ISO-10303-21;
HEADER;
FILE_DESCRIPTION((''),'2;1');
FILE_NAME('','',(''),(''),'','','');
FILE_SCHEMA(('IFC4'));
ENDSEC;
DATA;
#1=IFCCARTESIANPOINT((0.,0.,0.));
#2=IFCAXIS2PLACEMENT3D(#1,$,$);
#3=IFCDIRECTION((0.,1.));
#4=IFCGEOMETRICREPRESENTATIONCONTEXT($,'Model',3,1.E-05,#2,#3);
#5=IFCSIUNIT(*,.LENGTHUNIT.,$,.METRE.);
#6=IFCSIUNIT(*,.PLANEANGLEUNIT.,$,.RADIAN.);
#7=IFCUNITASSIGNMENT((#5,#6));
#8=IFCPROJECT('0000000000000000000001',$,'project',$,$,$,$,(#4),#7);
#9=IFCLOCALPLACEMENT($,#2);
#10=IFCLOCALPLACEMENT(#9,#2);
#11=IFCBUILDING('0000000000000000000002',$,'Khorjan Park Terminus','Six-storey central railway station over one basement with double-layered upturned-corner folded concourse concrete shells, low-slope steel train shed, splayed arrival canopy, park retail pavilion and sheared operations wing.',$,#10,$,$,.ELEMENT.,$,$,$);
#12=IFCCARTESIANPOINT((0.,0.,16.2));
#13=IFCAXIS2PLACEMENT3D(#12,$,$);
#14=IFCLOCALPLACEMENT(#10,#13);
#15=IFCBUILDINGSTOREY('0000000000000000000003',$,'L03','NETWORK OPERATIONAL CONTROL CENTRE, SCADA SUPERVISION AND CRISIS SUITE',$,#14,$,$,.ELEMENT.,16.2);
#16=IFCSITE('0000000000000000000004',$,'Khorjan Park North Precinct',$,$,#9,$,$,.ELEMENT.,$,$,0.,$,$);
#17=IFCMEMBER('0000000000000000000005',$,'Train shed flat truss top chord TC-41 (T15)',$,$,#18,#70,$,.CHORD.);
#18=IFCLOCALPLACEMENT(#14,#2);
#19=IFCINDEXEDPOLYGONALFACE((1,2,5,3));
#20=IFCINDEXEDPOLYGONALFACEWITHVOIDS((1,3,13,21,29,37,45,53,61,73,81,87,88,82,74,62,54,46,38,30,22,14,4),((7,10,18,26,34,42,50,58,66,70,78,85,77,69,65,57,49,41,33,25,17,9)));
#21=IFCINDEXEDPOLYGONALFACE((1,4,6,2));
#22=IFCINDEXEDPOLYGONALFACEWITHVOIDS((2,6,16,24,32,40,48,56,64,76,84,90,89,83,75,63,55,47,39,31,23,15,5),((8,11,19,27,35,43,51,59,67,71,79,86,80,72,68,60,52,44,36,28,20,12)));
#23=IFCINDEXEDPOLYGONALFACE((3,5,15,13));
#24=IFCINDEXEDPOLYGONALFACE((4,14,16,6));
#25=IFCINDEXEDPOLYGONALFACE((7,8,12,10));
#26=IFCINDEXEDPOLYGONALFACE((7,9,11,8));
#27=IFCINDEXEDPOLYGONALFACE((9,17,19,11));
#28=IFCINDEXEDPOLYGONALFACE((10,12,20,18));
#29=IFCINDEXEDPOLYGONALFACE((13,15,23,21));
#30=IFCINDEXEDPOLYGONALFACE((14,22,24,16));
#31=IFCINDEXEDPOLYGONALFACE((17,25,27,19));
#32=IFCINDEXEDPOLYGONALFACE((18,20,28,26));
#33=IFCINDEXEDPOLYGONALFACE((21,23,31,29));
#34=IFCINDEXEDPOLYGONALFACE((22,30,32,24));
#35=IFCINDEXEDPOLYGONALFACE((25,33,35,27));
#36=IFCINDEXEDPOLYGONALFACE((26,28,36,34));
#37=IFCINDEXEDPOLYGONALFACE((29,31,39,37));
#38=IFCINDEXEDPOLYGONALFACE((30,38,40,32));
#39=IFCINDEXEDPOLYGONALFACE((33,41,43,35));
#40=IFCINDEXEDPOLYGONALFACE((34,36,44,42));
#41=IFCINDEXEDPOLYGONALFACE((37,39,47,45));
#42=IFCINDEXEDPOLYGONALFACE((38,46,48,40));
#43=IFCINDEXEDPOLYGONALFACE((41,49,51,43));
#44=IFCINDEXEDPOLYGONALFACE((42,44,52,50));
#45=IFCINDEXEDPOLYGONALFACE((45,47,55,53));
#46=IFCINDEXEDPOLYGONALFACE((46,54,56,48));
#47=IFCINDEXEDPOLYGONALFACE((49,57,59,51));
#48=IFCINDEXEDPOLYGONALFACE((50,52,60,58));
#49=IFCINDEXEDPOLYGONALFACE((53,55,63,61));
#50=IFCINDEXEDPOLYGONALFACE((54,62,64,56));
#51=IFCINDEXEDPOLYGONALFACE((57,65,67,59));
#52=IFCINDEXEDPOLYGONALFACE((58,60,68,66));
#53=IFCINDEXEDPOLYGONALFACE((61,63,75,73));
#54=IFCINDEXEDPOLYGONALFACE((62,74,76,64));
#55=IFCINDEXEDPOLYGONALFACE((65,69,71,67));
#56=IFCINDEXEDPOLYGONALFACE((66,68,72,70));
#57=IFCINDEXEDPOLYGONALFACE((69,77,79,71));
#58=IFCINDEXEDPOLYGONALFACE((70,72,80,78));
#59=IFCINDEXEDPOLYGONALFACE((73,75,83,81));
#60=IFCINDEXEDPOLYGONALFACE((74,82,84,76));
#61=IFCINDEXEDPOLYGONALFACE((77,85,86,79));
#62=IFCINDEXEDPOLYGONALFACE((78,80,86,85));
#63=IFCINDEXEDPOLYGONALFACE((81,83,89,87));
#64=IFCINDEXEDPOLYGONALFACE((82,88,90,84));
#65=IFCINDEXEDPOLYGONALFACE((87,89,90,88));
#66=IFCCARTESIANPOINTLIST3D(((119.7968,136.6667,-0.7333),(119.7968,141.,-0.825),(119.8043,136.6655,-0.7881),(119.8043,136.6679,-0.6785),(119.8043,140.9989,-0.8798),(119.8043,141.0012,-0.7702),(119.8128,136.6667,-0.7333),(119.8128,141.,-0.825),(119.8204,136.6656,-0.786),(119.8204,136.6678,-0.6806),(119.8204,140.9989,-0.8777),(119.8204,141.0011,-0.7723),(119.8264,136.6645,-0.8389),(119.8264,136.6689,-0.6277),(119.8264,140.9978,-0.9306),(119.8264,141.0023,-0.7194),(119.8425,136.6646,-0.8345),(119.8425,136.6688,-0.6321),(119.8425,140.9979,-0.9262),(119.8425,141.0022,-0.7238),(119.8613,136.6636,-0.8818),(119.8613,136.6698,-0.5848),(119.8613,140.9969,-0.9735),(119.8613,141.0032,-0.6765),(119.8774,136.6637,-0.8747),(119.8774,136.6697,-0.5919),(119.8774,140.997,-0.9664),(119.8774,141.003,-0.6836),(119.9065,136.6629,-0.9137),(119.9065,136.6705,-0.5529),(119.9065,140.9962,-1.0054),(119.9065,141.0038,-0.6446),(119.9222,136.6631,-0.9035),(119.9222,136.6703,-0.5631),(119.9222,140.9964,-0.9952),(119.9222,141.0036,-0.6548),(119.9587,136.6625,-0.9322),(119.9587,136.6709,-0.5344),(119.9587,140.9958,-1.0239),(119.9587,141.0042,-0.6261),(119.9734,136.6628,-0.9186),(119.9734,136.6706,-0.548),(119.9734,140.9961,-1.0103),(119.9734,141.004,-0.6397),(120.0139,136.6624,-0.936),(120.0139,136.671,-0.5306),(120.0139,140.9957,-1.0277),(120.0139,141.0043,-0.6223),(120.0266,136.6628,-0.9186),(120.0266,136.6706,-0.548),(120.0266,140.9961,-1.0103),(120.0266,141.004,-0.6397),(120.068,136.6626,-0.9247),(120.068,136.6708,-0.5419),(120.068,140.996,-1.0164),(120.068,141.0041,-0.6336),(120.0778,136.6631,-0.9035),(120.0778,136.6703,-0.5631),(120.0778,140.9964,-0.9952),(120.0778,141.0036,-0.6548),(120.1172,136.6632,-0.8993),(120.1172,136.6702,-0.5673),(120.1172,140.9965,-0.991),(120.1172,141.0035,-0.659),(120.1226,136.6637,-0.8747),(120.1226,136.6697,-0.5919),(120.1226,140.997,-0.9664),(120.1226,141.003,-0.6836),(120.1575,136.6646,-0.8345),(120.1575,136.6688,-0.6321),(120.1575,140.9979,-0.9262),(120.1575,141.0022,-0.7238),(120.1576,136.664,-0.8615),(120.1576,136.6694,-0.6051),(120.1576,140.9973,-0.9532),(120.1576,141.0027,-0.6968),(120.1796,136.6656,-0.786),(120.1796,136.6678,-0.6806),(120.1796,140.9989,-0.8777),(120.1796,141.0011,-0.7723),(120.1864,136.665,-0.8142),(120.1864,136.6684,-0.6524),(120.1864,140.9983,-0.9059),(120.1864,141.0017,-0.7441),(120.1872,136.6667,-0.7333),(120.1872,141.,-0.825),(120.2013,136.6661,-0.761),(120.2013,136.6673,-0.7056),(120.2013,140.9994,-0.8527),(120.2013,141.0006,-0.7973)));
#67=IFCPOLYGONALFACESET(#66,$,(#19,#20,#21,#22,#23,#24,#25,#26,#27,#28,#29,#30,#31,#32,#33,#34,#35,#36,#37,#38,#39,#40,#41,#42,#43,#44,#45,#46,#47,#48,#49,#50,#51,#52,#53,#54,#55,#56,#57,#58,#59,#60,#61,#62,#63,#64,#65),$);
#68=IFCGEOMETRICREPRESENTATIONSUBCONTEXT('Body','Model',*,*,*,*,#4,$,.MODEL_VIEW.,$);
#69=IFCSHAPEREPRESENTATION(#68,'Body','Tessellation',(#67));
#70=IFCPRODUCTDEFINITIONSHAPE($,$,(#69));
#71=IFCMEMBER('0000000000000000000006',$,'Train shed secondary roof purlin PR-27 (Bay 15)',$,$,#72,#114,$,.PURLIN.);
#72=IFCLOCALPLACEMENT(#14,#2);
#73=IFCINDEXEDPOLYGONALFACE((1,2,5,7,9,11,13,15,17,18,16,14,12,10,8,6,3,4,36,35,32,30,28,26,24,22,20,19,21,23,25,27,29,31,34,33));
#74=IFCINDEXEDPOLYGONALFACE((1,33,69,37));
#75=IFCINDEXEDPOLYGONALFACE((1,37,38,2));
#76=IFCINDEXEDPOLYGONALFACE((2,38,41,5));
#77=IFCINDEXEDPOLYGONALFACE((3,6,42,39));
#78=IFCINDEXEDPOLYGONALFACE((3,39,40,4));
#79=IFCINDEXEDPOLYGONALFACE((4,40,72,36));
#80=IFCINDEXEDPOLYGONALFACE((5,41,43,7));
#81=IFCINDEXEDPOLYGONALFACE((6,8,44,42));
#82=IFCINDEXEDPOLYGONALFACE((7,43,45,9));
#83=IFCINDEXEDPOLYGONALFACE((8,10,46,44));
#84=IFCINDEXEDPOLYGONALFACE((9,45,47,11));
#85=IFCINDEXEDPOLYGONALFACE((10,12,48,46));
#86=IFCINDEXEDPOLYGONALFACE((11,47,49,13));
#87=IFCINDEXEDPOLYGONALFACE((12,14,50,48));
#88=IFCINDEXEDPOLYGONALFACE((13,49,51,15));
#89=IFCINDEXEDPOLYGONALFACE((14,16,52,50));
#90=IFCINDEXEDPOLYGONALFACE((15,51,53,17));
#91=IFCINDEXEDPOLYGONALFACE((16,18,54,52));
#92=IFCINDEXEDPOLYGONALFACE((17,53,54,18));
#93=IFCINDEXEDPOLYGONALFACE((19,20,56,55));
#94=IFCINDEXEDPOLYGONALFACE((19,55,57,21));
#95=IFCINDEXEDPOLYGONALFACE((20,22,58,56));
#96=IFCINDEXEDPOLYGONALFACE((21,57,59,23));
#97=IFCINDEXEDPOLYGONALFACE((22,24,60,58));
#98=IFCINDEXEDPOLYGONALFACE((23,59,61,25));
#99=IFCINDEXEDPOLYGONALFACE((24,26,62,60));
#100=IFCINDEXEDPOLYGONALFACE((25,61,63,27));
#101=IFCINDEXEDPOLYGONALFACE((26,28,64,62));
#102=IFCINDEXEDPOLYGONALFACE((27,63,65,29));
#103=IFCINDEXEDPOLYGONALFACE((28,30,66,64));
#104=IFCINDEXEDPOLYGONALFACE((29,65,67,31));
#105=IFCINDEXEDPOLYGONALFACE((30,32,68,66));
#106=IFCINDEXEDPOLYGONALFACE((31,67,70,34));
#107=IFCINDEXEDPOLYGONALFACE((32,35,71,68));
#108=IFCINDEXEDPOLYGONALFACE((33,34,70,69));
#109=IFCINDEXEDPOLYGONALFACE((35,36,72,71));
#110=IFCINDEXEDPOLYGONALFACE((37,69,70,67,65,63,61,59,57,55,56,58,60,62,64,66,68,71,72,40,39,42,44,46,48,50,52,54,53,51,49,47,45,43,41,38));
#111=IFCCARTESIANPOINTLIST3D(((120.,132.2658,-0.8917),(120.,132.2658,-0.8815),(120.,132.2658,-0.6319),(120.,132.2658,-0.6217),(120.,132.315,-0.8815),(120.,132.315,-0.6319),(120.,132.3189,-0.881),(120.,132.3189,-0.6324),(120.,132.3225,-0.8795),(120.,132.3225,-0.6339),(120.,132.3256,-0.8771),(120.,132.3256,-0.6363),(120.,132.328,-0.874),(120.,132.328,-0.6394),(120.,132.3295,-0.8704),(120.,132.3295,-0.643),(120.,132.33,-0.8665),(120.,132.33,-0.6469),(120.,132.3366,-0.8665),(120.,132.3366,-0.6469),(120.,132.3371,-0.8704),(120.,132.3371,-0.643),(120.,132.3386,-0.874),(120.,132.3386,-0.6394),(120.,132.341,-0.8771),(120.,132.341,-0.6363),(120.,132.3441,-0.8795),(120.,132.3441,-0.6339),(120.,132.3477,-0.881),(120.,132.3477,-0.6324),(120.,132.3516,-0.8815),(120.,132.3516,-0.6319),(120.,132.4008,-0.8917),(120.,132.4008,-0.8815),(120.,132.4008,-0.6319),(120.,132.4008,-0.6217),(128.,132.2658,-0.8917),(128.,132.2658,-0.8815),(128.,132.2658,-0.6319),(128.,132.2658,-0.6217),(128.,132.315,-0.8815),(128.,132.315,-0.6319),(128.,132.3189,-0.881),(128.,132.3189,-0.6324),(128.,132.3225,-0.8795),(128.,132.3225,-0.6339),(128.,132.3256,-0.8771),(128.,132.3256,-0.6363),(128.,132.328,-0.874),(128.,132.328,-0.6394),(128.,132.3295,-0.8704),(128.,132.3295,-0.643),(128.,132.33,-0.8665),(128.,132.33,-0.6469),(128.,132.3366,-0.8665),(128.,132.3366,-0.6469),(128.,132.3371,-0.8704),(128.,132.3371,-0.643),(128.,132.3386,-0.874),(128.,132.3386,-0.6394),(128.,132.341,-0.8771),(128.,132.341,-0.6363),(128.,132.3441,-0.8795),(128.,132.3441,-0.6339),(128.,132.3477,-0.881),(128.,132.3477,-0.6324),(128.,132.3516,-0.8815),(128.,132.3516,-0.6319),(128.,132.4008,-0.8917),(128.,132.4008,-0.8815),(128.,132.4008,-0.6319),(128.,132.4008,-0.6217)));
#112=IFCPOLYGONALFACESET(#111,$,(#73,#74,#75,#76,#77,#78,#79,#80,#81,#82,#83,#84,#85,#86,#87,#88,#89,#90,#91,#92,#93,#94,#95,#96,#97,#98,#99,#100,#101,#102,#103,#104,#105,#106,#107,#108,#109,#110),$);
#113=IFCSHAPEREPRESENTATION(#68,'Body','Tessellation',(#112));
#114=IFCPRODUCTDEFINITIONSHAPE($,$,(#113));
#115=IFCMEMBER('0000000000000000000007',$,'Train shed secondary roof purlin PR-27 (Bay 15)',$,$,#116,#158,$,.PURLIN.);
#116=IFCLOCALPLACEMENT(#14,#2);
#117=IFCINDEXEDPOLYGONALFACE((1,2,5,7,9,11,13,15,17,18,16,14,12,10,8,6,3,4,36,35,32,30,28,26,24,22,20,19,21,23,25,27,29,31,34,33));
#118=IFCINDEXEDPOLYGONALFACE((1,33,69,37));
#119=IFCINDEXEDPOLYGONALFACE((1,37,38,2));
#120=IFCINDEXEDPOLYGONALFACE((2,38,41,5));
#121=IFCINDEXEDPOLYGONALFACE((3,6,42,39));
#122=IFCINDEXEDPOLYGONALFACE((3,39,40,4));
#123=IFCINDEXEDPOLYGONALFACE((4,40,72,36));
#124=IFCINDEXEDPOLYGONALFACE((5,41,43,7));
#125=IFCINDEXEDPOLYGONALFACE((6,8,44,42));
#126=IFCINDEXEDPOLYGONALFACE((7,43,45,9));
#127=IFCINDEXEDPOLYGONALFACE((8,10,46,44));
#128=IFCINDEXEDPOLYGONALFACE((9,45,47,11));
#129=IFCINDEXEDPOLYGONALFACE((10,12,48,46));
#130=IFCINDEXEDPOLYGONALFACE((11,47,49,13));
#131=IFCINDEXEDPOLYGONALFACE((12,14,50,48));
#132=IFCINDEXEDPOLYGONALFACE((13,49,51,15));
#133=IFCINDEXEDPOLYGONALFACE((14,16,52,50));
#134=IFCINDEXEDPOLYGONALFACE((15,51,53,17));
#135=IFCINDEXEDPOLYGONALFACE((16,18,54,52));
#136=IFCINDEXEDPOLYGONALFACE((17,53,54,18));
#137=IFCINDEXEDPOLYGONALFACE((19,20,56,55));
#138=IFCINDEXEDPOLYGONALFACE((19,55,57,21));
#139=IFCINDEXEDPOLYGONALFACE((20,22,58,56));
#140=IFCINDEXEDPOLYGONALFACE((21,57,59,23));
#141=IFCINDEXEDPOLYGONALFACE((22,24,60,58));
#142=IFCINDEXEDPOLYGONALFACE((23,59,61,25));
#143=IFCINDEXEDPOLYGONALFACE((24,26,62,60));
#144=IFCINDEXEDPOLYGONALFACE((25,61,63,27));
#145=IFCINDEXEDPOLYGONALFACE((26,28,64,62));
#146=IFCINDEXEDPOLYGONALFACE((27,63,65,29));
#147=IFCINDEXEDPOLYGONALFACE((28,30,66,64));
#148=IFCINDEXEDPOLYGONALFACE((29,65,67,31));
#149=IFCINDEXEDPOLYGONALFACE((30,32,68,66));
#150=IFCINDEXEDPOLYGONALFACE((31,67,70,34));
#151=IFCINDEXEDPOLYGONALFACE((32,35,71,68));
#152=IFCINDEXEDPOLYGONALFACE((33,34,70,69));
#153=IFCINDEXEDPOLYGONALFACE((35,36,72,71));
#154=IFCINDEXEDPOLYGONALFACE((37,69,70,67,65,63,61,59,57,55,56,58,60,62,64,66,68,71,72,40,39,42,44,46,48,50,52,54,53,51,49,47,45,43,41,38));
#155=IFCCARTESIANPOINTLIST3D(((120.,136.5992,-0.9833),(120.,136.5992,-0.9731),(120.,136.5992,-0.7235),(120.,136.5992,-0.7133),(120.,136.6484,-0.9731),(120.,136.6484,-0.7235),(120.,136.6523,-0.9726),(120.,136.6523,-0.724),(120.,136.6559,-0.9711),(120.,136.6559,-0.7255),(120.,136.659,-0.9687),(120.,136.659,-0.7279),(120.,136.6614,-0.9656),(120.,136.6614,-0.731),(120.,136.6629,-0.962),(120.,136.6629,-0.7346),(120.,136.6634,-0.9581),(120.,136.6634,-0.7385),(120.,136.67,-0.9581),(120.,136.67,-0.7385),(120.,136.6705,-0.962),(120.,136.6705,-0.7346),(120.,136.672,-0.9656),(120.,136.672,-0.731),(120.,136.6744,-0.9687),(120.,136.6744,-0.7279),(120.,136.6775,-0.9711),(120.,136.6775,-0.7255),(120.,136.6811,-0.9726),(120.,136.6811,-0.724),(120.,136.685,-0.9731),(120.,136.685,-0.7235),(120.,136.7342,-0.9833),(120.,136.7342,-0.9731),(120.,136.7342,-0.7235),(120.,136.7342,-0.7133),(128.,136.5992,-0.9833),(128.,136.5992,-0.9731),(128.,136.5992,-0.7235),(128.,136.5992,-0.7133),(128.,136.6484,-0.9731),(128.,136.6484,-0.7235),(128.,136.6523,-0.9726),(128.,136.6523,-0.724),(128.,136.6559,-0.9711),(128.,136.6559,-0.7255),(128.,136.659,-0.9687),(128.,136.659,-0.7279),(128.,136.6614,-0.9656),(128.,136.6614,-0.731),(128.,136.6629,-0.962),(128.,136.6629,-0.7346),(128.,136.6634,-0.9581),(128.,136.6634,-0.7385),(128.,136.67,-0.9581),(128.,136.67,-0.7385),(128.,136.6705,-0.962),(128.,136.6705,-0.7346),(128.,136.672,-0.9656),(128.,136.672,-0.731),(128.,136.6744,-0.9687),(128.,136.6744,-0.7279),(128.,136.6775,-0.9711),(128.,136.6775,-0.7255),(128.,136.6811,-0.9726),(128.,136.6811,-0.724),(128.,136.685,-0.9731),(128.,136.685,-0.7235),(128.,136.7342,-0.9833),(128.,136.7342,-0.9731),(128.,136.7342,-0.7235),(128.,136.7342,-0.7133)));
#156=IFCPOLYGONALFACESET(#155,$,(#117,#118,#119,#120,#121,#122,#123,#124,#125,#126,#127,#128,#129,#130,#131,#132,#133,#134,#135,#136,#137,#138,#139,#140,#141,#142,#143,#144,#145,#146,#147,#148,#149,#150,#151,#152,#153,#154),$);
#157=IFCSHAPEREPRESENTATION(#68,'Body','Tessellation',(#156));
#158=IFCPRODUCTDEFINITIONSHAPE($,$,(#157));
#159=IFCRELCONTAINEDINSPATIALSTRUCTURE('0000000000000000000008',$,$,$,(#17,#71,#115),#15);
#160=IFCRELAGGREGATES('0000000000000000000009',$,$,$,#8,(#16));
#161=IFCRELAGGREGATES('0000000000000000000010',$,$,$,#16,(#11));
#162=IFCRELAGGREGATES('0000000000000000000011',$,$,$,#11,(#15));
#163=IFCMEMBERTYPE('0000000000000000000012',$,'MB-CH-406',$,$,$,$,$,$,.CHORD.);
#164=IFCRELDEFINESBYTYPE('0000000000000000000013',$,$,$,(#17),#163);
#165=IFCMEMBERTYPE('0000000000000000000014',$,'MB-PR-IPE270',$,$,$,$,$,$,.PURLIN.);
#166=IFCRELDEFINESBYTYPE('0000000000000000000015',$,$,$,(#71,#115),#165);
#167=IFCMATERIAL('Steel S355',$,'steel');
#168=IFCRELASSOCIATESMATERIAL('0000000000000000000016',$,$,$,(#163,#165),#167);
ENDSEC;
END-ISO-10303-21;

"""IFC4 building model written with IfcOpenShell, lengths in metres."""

from ifc_helpers import new_model, si_unit, direction, frame, origin, origin_2d, place, context, subcontext, project, spatial, hollow_circle, i_section, extrude, material, material_profile, profile_set, type_object, element, save


model = new_model("IFC4")

# Units and contexts
model_context = context("Model", 3, precision=1e-05, world=origin(), true_north=direction((0.0, 1.0)))
body_context = subcontext(model_context, "Body", "Model", "MODEL_VIEW")
ifc_project = project(units=[si_unit("LENGTHUNIT", "METRE"), si_unit("PLANEANGLEUNIT", "RADIAN")], contexts=[model_context])

# Site, building, storey
site_placement = place(None, origin())
site = spatial("IfcSite", under=ifc_project, at=site_placement, Name="Khorjan Park North Precinct", CompositionType="ELEMENT", RefElevation=0.0)
building_placement = place(site_placement, origin())
building = spatial("IfcBuilding", under=site, at=building_placement, Name="Khorjan Park Terminus", Description="Six-storey central railway station over one basement with double-layered upturned-corner folded concourse concrete shells, low-slope steel train shed, splayed arrival canopy, park retail pavilion and sheared operations wing.", CompositionType="ELEMENT")
storey_placement = place(building_placement, frame((0.0, 0.0, 16.2)))
storey = spatial("IfcBuildingStorey", under=building, at=storey_placement, Name="L03", Description="NETWORK OPERATIONAL CONTROL CENTRE, SCADA SUPERVISION AND CRISIS SUITE", CompositionType="ELEMENT", Elevation=16.2)

# Members
ifc_material_1 = material(Name="Steel S355", Category="steel")
ifc_material_profile_1 = material_profile(ifc_material_1, hollow_circle(Radius=0.2032, WallThickness=0.016, at=origin_2d()), Name="CHS 406.4x16")
ifc_profile_set_1 = profile_set([ifc_material_profile_1], Name="Steel S355")
member_type_1 = type_object("IfcMemberType", Name="MB-CH-406", PredefinedType="CHORD", material=ifc_profile_set_1)
member_1_placement = place(storey_placement, frame((120.0, 136.6667, -0.7333), z_axis=(0.0, 0.999776, -0.021157), x_axis=(-1.0, 0.0, 0.0)))
element("IfcMember", 1, at=member_1_placement, inside=storey, type_object=member_type_1, Name="Train shed flat truss top chord TC-41 (T15)", PredefinedType="CHORD", context=body_context, shape_type="SweptSolid", body=[
    extrude(hollow_circle(Radius=0.2032, WallThickness=0.016, at=origin_2d()), origin(), (0.0, 0.0, 1.0), 4.3343),
])
ifc_material_profile_2 = material_profile(ifc_material_1, i_section(OverallWidth=0.135, OverallDepth=0.27, WebThickness=0.0066, FlangeThickness=0.0102, FilletRadius=0.015, at=origin_2d()), Name="IPE 270")
ifc_profile_set_2 = profile_set([ifc_material_profile_2], Name="Steel S355")
member_type_2 = type_object("IfcMemberType", Name="MB-PR-IPE270", PredefinedType="PURLIN", material=ifc_profile_set_2)
for number, where, z_axis, x_axis, name in (
    (2, (120.0, 132.3333, -0.7567), (1.0, 0.0, 0.0), (0.0, 1.0, 0.0), "Train shed secondary roof purlin PR-27 (Bay 15)"),
    (3, (120.0, 136.6667, -0.8483), (1.0, 0.0, 0.0), (0.0, 1.0, 0.0), "Train shed secondary roof purlin PR-27 (Bay 15)"),
):
    element("IfcMember", number, at=place(storey_placement, frame(where, z_axis=z_axis, x_axis=x_axis)), inside=storey, type_object=member_type_2, Name=name, PredefinedType="PURLIN", context=body_context, shape_type="SweptSolid", body=[
        extrude(i_section(OverallWidth=0.135, OverallDepth=0.27, WebThickness=0.0066, FlangeThickness=0.0102, FilletRadius=0.015, at=origin_2d()), origin(), (0.0, 0.0, 1.0), 8.0),
    ])

save(model, "model.ifc")
